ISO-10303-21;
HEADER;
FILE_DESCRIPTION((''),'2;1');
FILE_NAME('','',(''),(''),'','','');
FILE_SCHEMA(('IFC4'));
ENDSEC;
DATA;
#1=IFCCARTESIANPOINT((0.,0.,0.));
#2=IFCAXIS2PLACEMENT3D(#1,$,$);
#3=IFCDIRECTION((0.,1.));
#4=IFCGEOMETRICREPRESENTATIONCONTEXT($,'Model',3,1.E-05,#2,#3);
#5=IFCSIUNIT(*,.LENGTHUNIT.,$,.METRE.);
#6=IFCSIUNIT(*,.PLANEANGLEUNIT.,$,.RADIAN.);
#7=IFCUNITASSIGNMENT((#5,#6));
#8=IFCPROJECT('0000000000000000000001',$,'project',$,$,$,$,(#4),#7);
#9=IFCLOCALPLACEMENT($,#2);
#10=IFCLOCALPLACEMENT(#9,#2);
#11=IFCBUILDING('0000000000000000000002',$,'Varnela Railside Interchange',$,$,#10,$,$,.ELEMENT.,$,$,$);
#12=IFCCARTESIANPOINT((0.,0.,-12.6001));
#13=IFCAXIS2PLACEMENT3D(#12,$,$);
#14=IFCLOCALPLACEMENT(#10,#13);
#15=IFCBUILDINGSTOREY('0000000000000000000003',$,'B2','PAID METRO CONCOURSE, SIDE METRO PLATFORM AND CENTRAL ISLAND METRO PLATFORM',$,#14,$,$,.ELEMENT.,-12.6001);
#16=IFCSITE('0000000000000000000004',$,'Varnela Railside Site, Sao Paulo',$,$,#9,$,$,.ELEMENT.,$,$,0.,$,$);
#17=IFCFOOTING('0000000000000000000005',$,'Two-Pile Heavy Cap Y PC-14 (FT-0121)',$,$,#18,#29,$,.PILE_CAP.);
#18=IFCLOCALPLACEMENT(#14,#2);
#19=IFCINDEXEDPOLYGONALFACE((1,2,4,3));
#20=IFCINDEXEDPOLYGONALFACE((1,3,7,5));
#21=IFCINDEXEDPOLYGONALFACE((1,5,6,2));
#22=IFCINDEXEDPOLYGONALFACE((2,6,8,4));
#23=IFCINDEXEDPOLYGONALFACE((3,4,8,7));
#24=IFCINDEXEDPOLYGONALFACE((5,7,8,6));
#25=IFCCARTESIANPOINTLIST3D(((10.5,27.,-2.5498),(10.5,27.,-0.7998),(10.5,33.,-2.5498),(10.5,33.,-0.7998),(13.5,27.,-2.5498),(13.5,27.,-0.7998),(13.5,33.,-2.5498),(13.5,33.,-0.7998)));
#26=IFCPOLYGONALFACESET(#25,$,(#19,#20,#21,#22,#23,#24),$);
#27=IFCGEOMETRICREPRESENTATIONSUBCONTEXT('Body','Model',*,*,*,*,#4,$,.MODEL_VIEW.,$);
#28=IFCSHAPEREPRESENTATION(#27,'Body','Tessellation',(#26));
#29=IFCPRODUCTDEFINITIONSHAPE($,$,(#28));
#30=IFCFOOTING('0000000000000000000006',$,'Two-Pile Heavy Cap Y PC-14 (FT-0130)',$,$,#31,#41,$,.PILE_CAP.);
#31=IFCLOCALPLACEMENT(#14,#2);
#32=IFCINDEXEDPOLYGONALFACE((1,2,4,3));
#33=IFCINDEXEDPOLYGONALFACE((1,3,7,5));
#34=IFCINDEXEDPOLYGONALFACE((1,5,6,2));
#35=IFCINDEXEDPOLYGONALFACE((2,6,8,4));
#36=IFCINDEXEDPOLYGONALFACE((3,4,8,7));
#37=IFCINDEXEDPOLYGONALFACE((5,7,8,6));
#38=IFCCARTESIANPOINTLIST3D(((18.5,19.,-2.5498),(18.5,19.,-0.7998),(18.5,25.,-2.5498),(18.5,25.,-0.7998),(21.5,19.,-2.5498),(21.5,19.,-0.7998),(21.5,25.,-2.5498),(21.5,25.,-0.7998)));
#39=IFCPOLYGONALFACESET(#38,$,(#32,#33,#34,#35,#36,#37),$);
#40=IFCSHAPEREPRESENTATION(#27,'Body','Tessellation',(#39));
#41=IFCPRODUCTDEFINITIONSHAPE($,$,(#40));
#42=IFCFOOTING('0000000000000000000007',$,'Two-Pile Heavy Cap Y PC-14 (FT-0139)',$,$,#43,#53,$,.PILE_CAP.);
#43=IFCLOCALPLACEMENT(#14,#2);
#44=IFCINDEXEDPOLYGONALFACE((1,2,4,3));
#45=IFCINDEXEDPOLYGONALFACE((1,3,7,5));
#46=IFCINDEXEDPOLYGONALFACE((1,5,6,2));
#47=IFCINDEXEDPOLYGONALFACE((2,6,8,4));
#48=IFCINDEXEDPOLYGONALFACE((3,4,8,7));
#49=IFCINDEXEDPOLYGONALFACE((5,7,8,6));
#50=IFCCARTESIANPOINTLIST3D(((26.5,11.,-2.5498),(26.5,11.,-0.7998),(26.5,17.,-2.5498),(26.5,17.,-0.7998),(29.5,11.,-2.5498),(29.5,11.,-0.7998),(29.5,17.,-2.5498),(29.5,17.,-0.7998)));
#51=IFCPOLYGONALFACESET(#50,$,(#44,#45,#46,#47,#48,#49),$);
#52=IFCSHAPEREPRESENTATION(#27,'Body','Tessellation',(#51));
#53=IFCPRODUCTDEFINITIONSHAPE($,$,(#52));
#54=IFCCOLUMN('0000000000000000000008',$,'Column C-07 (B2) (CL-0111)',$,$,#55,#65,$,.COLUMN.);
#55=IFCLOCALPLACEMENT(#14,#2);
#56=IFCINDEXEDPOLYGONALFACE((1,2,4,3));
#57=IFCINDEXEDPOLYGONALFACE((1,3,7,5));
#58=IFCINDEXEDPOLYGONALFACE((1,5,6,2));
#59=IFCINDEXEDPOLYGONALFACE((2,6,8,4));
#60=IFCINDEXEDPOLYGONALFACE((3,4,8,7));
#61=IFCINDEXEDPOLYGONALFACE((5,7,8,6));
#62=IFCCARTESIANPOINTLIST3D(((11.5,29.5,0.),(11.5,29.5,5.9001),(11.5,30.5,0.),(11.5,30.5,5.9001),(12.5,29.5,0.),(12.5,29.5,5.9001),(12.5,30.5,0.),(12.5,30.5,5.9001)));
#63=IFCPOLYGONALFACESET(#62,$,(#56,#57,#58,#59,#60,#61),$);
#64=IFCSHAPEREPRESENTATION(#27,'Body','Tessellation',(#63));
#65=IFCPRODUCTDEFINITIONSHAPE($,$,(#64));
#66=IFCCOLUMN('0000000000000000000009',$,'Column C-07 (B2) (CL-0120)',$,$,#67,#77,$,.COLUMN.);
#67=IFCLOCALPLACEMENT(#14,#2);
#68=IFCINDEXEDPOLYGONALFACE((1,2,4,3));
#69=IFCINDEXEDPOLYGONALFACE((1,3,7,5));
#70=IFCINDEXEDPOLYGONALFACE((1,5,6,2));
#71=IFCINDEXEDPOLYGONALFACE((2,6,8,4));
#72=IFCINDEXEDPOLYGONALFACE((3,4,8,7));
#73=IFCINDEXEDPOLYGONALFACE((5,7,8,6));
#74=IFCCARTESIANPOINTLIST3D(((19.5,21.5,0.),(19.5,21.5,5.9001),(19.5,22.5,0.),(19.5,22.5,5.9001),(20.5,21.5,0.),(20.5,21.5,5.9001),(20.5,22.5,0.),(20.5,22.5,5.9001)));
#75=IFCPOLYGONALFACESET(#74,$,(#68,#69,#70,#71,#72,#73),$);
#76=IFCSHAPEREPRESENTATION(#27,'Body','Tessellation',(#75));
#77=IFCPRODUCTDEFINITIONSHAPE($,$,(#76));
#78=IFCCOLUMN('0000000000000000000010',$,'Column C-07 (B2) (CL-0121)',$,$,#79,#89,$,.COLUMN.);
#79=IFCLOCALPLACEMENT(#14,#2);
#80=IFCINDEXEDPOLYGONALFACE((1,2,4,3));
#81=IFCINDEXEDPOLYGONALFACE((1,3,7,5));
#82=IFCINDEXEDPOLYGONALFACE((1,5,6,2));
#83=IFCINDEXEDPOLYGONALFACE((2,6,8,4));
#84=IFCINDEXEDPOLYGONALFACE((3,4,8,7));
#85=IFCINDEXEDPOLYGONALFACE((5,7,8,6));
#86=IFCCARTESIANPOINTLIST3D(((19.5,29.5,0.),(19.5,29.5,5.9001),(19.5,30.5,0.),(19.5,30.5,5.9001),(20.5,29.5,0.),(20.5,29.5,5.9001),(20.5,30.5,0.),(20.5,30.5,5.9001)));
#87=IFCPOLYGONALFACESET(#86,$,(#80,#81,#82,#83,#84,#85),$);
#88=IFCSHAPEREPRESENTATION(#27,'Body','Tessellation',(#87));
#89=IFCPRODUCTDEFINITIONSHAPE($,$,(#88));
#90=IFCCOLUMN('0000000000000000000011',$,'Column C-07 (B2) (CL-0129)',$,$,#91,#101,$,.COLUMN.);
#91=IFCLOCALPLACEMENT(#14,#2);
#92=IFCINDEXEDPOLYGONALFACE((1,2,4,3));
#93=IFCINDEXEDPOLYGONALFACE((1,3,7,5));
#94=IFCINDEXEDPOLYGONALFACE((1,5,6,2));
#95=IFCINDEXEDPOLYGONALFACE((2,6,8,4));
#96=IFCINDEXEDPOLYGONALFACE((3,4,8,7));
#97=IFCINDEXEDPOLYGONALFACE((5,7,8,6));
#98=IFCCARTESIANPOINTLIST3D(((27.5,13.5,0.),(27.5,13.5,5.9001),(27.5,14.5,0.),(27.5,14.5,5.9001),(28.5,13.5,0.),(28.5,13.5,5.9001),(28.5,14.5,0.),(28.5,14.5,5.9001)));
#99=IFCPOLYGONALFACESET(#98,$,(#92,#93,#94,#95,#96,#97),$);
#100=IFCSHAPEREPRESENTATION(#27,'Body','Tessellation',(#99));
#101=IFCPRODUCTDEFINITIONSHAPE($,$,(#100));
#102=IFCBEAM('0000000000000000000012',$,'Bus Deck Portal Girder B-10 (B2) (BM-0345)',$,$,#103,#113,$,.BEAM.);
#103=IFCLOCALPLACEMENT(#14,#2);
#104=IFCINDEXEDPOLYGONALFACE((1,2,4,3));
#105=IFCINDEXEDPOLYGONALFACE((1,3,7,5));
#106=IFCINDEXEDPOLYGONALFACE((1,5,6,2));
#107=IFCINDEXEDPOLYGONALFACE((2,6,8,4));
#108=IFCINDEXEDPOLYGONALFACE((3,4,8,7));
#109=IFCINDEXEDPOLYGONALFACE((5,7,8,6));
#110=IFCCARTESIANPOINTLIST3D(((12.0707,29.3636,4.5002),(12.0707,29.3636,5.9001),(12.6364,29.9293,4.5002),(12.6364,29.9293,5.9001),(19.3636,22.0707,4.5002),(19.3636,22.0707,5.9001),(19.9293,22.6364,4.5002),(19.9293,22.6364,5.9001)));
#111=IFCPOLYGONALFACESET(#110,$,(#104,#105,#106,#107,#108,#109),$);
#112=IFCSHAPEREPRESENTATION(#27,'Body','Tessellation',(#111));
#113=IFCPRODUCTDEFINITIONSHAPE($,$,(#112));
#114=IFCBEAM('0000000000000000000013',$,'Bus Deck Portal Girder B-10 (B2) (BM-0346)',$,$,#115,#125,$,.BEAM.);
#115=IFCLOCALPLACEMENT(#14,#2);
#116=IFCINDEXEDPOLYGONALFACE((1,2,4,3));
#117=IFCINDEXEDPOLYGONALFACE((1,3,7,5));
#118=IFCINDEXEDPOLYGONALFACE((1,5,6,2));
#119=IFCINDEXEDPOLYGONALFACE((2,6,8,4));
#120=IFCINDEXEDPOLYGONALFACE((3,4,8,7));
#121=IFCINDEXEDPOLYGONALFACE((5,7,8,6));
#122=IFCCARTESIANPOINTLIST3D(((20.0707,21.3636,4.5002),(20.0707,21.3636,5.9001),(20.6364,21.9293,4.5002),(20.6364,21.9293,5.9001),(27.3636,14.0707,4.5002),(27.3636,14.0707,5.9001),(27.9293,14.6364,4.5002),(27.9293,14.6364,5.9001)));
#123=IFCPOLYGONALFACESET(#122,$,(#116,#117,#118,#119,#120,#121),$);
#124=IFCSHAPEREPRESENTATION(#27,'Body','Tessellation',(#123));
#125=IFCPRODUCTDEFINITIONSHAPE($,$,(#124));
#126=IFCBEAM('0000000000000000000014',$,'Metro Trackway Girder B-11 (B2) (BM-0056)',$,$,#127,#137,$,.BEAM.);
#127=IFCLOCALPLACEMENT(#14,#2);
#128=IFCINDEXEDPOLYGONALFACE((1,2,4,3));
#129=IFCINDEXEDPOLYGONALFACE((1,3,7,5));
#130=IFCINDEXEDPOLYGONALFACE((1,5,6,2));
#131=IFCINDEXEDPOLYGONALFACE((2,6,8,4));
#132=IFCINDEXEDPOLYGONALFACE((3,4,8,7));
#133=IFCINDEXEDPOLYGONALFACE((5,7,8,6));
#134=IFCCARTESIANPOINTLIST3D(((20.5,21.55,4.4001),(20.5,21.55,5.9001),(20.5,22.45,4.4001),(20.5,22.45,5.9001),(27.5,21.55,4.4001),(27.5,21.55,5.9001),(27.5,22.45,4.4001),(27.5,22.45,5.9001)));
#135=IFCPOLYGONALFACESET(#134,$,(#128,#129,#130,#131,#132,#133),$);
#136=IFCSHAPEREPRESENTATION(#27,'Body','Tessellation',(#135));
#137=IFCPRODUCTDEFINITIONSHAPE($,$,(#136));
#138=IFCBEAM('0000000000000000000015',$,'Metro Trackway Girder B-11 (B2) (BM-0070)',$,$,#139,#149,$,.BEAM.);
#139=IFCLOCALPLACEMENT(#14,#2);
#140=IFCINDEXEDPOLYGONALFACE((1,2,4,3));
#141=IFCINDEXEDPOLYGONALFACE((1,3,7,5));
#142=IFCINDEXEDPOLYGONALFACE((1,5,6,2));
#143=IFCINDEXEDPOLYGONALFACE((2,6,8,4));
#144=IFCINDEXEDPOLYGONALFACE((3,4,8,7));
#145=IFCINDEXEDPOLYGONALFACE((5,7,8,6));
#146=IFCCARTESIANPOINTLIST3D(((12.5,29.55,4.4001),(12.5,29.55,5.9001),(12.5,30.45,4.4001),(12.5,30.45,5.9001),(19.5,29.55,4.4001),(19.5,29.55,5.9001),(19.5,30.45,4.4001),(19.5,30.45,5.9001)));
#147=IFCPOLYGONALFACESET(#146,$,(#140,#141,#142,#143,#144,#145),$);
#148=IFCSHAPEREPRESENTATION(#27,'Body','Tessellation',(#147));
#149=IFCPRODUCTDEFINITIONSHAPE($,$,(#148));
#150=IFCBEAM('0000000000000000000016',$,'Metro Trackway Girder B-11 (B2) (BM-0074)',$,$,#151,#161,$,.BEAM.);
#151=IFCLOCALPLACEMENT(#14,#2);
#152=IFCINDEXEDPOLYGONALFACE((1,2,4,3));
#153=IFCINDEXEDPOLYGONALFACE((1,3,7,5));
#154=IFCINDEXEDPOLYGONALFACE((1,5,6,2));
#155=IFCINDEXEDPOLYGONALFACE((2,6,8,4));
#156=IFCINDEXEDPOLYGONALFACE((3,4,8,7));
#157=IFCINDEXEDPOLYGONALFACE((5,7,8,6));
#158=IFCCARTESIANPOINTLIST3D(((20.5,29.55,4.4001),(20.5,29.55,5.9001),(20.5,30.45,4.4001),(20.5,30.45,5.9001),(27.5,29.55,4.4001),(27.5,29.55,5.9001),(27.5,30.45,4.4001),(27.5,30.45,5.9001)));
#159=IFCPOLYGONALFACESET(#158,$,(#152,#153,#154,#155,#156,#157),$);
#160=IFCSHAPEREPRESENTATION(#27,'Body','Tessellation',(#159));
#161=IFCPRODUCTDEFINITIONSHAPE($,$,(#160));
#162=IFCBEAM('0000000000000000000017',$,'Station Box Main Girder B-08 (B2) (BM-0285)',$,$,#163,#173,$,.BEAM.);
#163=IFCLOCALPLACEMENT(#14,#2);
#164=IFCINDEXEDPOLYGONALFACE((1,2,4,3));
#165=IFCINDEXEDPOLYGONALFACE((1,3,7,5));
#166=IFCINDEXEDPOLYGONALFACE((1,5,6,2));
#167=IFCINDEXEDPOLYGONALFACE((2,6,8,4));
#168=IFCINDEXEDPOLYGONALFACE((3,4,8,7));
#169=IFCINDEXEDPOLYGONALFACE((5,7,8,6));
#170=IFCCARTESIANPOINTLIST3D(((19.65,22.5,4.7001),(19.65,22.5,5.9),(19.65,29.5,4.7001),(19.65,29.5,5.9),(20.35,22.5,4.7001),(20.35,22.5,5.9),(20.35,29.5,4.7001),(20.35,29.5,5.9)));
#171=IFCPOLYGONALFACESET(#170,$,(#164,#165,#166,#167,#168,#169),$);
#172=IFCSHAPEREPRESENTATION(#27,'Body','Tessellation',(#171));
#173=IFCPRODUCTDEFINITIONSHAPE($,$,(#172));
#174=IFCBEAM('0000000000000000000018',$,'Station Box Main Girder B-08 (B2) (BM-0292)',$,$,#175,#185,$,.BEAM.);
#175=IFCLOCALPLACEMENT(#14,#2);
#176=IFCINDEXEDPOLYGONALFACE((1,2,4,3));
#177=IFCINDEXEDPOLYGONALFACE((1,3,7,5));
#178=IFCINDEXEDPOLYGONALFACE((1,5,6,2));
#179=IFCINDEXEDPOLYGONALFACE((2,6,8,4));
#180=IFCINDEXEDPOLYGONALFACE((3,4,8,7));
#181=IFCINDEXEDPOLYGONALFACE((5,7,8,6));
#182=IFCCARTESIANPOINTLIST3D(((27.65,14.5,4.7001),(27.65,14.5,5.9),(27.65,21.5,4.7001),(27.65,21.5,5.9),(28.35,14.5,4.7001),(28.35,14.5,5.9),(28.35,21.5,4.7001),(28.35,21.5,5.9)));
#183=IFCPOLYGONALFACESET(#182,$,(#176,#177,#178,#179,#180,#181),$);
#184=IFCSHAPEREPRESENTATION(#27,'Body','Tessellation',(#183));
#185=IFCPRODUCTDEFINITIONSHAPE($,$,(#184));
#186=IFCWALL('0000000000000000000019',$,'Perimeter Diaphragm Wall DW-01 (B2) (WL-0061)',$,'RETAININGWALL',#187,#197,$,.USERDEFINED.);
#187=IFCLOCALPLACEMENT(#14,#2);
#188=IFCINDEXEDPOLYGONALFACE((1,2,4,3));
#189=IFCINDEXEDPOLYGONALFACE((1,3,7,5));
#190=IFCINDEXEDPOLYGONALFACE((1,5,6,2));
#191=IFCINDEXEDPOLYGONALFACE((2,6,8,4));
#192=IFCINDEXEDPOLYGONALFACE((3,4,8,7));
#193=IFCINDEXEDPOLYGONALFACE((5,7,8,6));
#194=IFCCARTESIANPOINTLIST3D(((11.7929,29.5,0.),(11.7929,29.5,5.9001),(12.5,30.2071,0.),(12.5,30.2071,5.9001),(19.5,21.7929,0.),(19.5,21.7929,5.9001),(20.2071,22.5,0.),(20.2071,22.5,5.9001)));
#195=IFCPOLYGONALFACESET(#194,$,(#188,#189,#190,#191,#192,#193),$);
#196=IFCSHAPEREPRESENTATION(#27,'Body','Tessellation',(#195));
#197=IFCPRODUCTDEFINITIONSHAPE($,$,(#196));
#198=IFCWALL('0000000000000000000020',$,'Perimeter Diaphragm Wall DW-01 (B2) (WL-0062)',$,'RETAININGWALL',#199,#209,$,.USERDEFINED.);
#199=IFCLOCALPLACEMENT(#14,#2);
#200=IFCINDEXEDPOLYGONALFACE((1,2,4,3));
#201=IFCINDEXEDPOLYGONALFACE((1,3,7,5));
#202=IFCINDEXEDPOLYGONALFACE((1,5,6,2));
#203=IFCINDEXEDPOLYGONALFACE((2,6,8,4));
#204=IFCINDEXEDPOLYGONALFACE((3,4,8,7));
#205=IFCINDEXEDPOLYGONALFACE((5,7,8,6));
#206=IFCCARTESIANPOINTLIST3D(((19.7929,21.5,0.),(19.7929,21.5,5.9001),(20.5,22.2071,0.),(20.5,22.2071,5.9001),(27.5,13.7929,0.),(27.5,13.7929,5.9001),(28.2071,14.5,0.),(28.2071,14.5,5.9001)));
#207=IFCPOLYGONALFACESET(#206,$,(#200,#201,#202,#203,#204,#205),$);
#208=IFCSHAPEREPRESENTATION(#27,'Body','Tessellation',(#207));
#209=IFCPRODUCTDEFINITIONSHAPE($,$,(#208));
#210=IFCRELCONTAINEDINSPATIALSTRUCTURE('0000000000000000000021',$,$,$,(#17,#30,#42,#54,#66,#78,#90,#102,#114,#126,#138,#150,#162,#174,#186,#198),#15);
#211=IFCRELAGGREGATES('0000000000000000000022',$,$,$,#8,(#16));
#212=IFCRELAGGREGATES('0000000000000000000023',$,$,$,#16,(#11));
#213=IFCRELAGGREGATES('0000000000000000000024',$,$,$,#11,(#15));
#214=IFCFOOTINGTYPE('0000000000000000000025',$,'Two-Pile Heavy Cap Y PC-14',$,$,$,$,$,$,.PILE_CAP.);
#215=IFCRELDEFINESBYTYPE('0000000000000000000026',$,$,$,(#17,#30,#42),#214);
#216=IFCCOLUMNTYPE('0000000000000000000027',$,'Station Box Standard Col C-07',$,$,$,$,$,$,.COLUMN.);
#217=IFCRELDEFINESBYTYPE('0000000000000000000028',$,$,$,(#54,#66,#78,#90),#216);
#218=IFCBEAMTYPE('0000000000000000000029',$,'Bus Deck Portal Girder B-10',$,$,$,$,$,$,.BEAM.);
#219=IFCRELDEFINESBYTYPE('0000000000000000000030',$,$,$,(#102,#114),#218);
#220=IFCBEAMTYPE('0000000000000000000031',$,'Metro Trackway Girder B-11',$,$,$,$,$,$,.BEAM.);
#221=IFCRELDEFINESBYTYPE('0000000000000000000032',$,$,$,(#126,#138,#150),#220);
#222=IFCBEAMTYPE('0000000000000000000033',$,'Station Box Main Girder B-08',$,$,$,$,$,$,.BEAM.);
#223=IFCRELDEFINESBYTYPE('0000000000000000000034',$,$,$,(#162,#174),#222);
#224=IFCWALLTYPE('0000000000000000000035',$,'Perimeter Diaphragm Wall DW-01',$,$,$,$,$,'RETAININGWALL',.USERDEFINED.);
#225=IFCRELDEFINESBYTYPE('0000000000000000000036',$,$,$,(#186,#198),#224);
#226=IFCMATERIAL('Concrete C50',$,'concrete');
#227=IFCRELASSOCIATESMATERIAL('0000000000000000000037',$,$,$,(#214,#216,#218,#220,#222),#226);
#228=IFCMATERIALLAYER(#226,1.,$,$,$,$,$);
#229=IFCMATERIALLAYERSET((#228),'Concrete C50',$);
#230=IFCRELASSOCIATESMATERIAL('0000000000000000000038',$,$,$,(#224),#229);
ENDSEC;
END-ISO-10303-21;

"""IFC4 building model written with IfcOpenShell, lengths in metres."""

from ifc_helpers import new_model, si_unit, direction, frame, frame_2d, origin, origin_2d, place, context, subcontext, project, spatial, rectangle, extrude, material, layer, layer_set, material_profile, profile_set, type_object, element, save


model = new_model("IFC4")

# Units and contexts
model_context = context("Model", 3, precision=1e-05, world=origin(), true_north=direction((0.0, 1.0)))
body_context = subcontext(model_context, "Body", "Model", "MODEL_VIEW")
ifc_project = project(units=[si_unit("LENGTHUNIT", "METRE"), si_unit("PLANEANGLEUNIT", "RADIAN")], contexts=[model_context])

# Site, building, storey
site_placement = place(None, origin())
site = spatial("IfcSite", under=ifc_project, at=site_placement, Name="Varnela Railside Site, Sao Paulo", CompositionType="ELEMENT", RefElevation=0.0)
building_placement = place(site_placement, origin())
building = spatial("IfcBuilding", under=site, at=building_placement, Name="Varnela Railside Interchange", CompositionType="ELEMENT")
storey_placement = place(building_placement, frame((0.0, 0.0, -12.6001)))
storey = spatial("IfcBuildingStorey", under=building, at=storey_placement, Name="B2", Description="PAID METRO CONCOURSE, SIDE METRO PLATFORM AND CENTRAL ISLAND METRO PLATFORM", CompositionType="ELEMENT", Elevation=-12.6001)

# Footings
ifc_material_1 = material(Name="Concrete C50", Category="concrete")
footing_type_1 = type_object("IfcFootingType", Name="Two-Pile Heavy Cap Y PC-14", PredefinedType="PILE_CAP", material=ifc_material_1)
for number, where, z_axis, x_axis, name in (
    (1, (12.0, 30.0, -2.5498), (0.0, 0.0, 1.0), (1.0, 0.0, 0.0), "Two-Pile Heavy Cap Y PC-14 (FT-0121)"),
    (2, (20.0, 22.0, -2.5498), (0.0, 0.0, 1.0), (1.0, 0.0, 0.0), "Two-Pile Heavy Cap Y PC-14 (FT-0130)"),
    (3, (28.0, 14.0, -2.5498), (0.0, 0.0, 1.0), (1.0, 0.0, 0.0), "Two-Pile Heavy Cap Y PC-14 (FT-0139)"),
):
    element("IfcFooting", number, at=place(storey_placement, frame(where, z_axis=z_axis, x_axis=x_axis)), inside=storey, type_object=footing_type_1, Name=name, PredefinedType="PILE_CAP", context=body_context, shape_type="SweptSolid", body=[
        extrude(rectangle(XDim=3.0, YDim=6.0, at=origin_2d()), origin(), (0.0, 0.0, 1.0), 1.75),
    ])

# Columns
ifc_material_profile_1 = material_profile(ifc_material_1, rectangle(XDim=1.0, YDim=1.0, at=origin_2d()), Name="RC 1000x1000")
ifc_profile_set_1 = profile_set([ifc_material_profile_1], Name="Concrete C50")
column_type = type_object("IfcColumnType", Name="Station Box Standard Col C-07", PredefinedType="COLUMN", material=ifc_profile_set_1)
for number, where, z_axis, x_axis, name in (
    (4, (12.0, 30.0, 0.0), (0.0, 0.0, 1.0), (1.0, 0.0, 0.0), "Column C-07 (B2) (CL-0111)"),
    (5, (20.0, 22.0, 0.0), (0.0, 0.0, 1.0), (1.0, 0.0, 0.0), "Column C-07 (B2) (CL-0120)"),
    (6, (20.0, 30.0, 0.0), (0.0, 0.0, 1.0), (1.0, 0.0, 0.0), "Column C-07 (B2) (CL-0121)"),
    (7, (28.0, 14.0, 0.0), (0.0, 0.0, 1.0), (1.0, 0.0, 0.0), "Column C-07 (B2) (CL-0129)"),
):
    element("IfcColumn", number, at=place(storey_placement, frame(where, z_axis=z_axis, x_axis=x_axis)), inside=storey, type_object=column_type, Name=name, PredefinedType="COLUMN", context=body_context, shape_type="SweptSolid", body=[
        extrude(rectangle(XDim=1.0, YDim=1.0, at=origin_2d()), origin(), (0.0, 0.0, 1.0), 5.9001),
    ])

# Beams
ifc_material_profile_2 = material_profile(ifc_material_1, rectangle(XDim=0.8, YDim=1.3999, at=origin_2d()), Name="RC 800x1400")
ifc_profile_set_2 = profile_set([ifc_material_profile_2], Name="Concrete C50")
beam_type_1 = type_object("IfcBeamType", Name="Bus Deck Portal Girder B-10", PredefinedType="BEAM", material=ifc_profile_set_2)
for number, where, z_axis, x_axis, name in (
    (8, (12.3535, 29.6465, 5.2002), (0.707107, -0.707107, 0.0), (0.707107, 0.707107, 0.0), "Bus Deck Portal Girder B-10 (B2) (BM-0345)"),
    (9, (20.3535, 21.6465, 5.2002), (0.707107, -0.707107, 0.0), (0.707107, 0.707107, 0.0), "Bus Deck Portal Girder B-10 (B2) (BM-0346)"),
):
    element("IfcBeam", number, at=place(storey_placement, frame(where, z_axis=z_axis, x_axis=x_axis)), inside=storey, type_object=beam_type_1, Name=name, PredefinedType="BEAM", context=body_context, shape_type="SweptSolid", body=[
        extrude(rectangle(XDim=0.8, YDim=1.3999, at=origin_2d()), origin(), (0.0, 0.0, 1.0), 10.3137),
    ])
ifc_material_profile_3 = material_profile(ifc_material_1, rectangle(XDim=0.8999, YDim=1.5, at=origin_2d()), Name="RC 900x1500")
ifc_profile_set_3 = profile_set([ifc_material_profile_3], Name="Concrete C50")
beam_type_2 = type_object("IfcBeamType", Name="Metro Trackway Girder B-11", PredefinedType="BEAM", material=ifc_profile_set_3)
for number, where, z_axis, x_axis, name in (
    (10, (20.5, 22.0, 5.1501), (1.0, 0.0, 0.0), (0.0, 1.0, 0.0), "Metro Trackway Girder B-11 (B2) (BM-0056)"),
    (11, (12.5, 30.0, 5.1501), (1.0, 0.0, 0.0), (0.0, 1.0, 0.0), "Metro Trackway Girder B-11 (B2) (BM-0070)"),
    (12, (20.5, 30.0, 5.1501), (1.0, 0.0, 0.0), (0.0, 1.0, 0.0), "Metro Trackway Girder B-11 (B2) (BM-0074)"),
):
    element("IfcBeam", number, at=place(storey_placement, frame(where, z_axis=z_axis, x_axis=x_axis)), inside=storey, type_object=beam_type_2, Name=name, PredefinedType="BEAM", context=body_context, shape_type="SweptSolid", body=[
        extrude(rectangle(XDim=0.8999, YDim=1.5, at=origin_2d()), origin(), (0.0, 0.0, 1.0), 7.0),
    ])
ifc_material_profile_4 = material_profile(ifc_material_1, rectangle(XDim=0.7, YDim=1.2, at=origin_2d()), Name="RC 700x1200")
ifc_profile_set_4 = profile_set([ifc_material_profile_4], Name="Concrete C50")
beam_type_3 = type_object("IfcBeamType", Name="Station Box Main Girder B-08", PredefinedType="BEAM", material=ifc_profile_set_4)
for number, where, z_axis, x_axis, name in (
    (13, (20.0, 22.5, 5.3), (0.0, 1.0, 0.0), (-1.0, 0.0, 0.0), "Station Box Main Girder B-08 (B2) (BM-0285)"),
    (14, (28.0, 14.5, 5.3), (0.0, 1.0, 0.0), (-1.0, 0.0, 0.0), "Station Box Main Girder B-08 (B2) (BM-0292)"),
):
    element("IfcBeam", number, at=place(storey_placement, frame(where, z_axis=z_axis, x_axis=x_axis)), inside=storey, type_object=beam_type_3, Name=name, PredefinedType="BEAM", context=body_context, shape_type="SweptSolid", body=[
        extrude(rectangle(XDim=0.7, YDim=1.2, at=origin_2d()), origin(), (0.0, 0.0, 1.0), 7.0),
    ])

# Walls
ifc_layer = layer(ifc_material_1, 1.0)
ifc_layer_set = layer_set([ifc_layer], Name="Concrete C50")
wall_type = type_object("IfcWallType", Name="Perimeter Diaphragm Wall DW-01", ElementType="RETAININGWALL", PredefinedType="USERDEFINED", material=ifc_layer_set)
for number, where, z_axis, x_axis, name in (
    (15, (12.1465, 29.8535, 0.0), (0.0, 0.0, 1.0), (0.707107, -0.707107, 0.0), "Perimeter Diaphragm Wall DW-01 (B2) (WL-0061)"),
    (16, (20.1465, 21.8535, 0.0), (0.0, 0.0, 1.0), (0.707107, -0.707107, 0.0), "Perimeter Diaphragm Wall DW-01 (B2) (WL-0062)"),
):
    element("IfcWall", number, at=place(storey_placement, frame(where, z_axis=z_axis, x_axis=x_axis)), inside=storey, type_object=wall_type, Name=name, ObjectType="RETAININGWALL", PredefinedType="USERDEFINED", context=body_context, shape_type="SweptSolid", body=[
        extrude(rectangle(XDim=10.8994, YDim=1.0, at=frame_2d((5.4497, 0.0))), origin(), (0.0, 0.0, 1.0), 5.9001),
    ])

save(model, "model.ifc")
